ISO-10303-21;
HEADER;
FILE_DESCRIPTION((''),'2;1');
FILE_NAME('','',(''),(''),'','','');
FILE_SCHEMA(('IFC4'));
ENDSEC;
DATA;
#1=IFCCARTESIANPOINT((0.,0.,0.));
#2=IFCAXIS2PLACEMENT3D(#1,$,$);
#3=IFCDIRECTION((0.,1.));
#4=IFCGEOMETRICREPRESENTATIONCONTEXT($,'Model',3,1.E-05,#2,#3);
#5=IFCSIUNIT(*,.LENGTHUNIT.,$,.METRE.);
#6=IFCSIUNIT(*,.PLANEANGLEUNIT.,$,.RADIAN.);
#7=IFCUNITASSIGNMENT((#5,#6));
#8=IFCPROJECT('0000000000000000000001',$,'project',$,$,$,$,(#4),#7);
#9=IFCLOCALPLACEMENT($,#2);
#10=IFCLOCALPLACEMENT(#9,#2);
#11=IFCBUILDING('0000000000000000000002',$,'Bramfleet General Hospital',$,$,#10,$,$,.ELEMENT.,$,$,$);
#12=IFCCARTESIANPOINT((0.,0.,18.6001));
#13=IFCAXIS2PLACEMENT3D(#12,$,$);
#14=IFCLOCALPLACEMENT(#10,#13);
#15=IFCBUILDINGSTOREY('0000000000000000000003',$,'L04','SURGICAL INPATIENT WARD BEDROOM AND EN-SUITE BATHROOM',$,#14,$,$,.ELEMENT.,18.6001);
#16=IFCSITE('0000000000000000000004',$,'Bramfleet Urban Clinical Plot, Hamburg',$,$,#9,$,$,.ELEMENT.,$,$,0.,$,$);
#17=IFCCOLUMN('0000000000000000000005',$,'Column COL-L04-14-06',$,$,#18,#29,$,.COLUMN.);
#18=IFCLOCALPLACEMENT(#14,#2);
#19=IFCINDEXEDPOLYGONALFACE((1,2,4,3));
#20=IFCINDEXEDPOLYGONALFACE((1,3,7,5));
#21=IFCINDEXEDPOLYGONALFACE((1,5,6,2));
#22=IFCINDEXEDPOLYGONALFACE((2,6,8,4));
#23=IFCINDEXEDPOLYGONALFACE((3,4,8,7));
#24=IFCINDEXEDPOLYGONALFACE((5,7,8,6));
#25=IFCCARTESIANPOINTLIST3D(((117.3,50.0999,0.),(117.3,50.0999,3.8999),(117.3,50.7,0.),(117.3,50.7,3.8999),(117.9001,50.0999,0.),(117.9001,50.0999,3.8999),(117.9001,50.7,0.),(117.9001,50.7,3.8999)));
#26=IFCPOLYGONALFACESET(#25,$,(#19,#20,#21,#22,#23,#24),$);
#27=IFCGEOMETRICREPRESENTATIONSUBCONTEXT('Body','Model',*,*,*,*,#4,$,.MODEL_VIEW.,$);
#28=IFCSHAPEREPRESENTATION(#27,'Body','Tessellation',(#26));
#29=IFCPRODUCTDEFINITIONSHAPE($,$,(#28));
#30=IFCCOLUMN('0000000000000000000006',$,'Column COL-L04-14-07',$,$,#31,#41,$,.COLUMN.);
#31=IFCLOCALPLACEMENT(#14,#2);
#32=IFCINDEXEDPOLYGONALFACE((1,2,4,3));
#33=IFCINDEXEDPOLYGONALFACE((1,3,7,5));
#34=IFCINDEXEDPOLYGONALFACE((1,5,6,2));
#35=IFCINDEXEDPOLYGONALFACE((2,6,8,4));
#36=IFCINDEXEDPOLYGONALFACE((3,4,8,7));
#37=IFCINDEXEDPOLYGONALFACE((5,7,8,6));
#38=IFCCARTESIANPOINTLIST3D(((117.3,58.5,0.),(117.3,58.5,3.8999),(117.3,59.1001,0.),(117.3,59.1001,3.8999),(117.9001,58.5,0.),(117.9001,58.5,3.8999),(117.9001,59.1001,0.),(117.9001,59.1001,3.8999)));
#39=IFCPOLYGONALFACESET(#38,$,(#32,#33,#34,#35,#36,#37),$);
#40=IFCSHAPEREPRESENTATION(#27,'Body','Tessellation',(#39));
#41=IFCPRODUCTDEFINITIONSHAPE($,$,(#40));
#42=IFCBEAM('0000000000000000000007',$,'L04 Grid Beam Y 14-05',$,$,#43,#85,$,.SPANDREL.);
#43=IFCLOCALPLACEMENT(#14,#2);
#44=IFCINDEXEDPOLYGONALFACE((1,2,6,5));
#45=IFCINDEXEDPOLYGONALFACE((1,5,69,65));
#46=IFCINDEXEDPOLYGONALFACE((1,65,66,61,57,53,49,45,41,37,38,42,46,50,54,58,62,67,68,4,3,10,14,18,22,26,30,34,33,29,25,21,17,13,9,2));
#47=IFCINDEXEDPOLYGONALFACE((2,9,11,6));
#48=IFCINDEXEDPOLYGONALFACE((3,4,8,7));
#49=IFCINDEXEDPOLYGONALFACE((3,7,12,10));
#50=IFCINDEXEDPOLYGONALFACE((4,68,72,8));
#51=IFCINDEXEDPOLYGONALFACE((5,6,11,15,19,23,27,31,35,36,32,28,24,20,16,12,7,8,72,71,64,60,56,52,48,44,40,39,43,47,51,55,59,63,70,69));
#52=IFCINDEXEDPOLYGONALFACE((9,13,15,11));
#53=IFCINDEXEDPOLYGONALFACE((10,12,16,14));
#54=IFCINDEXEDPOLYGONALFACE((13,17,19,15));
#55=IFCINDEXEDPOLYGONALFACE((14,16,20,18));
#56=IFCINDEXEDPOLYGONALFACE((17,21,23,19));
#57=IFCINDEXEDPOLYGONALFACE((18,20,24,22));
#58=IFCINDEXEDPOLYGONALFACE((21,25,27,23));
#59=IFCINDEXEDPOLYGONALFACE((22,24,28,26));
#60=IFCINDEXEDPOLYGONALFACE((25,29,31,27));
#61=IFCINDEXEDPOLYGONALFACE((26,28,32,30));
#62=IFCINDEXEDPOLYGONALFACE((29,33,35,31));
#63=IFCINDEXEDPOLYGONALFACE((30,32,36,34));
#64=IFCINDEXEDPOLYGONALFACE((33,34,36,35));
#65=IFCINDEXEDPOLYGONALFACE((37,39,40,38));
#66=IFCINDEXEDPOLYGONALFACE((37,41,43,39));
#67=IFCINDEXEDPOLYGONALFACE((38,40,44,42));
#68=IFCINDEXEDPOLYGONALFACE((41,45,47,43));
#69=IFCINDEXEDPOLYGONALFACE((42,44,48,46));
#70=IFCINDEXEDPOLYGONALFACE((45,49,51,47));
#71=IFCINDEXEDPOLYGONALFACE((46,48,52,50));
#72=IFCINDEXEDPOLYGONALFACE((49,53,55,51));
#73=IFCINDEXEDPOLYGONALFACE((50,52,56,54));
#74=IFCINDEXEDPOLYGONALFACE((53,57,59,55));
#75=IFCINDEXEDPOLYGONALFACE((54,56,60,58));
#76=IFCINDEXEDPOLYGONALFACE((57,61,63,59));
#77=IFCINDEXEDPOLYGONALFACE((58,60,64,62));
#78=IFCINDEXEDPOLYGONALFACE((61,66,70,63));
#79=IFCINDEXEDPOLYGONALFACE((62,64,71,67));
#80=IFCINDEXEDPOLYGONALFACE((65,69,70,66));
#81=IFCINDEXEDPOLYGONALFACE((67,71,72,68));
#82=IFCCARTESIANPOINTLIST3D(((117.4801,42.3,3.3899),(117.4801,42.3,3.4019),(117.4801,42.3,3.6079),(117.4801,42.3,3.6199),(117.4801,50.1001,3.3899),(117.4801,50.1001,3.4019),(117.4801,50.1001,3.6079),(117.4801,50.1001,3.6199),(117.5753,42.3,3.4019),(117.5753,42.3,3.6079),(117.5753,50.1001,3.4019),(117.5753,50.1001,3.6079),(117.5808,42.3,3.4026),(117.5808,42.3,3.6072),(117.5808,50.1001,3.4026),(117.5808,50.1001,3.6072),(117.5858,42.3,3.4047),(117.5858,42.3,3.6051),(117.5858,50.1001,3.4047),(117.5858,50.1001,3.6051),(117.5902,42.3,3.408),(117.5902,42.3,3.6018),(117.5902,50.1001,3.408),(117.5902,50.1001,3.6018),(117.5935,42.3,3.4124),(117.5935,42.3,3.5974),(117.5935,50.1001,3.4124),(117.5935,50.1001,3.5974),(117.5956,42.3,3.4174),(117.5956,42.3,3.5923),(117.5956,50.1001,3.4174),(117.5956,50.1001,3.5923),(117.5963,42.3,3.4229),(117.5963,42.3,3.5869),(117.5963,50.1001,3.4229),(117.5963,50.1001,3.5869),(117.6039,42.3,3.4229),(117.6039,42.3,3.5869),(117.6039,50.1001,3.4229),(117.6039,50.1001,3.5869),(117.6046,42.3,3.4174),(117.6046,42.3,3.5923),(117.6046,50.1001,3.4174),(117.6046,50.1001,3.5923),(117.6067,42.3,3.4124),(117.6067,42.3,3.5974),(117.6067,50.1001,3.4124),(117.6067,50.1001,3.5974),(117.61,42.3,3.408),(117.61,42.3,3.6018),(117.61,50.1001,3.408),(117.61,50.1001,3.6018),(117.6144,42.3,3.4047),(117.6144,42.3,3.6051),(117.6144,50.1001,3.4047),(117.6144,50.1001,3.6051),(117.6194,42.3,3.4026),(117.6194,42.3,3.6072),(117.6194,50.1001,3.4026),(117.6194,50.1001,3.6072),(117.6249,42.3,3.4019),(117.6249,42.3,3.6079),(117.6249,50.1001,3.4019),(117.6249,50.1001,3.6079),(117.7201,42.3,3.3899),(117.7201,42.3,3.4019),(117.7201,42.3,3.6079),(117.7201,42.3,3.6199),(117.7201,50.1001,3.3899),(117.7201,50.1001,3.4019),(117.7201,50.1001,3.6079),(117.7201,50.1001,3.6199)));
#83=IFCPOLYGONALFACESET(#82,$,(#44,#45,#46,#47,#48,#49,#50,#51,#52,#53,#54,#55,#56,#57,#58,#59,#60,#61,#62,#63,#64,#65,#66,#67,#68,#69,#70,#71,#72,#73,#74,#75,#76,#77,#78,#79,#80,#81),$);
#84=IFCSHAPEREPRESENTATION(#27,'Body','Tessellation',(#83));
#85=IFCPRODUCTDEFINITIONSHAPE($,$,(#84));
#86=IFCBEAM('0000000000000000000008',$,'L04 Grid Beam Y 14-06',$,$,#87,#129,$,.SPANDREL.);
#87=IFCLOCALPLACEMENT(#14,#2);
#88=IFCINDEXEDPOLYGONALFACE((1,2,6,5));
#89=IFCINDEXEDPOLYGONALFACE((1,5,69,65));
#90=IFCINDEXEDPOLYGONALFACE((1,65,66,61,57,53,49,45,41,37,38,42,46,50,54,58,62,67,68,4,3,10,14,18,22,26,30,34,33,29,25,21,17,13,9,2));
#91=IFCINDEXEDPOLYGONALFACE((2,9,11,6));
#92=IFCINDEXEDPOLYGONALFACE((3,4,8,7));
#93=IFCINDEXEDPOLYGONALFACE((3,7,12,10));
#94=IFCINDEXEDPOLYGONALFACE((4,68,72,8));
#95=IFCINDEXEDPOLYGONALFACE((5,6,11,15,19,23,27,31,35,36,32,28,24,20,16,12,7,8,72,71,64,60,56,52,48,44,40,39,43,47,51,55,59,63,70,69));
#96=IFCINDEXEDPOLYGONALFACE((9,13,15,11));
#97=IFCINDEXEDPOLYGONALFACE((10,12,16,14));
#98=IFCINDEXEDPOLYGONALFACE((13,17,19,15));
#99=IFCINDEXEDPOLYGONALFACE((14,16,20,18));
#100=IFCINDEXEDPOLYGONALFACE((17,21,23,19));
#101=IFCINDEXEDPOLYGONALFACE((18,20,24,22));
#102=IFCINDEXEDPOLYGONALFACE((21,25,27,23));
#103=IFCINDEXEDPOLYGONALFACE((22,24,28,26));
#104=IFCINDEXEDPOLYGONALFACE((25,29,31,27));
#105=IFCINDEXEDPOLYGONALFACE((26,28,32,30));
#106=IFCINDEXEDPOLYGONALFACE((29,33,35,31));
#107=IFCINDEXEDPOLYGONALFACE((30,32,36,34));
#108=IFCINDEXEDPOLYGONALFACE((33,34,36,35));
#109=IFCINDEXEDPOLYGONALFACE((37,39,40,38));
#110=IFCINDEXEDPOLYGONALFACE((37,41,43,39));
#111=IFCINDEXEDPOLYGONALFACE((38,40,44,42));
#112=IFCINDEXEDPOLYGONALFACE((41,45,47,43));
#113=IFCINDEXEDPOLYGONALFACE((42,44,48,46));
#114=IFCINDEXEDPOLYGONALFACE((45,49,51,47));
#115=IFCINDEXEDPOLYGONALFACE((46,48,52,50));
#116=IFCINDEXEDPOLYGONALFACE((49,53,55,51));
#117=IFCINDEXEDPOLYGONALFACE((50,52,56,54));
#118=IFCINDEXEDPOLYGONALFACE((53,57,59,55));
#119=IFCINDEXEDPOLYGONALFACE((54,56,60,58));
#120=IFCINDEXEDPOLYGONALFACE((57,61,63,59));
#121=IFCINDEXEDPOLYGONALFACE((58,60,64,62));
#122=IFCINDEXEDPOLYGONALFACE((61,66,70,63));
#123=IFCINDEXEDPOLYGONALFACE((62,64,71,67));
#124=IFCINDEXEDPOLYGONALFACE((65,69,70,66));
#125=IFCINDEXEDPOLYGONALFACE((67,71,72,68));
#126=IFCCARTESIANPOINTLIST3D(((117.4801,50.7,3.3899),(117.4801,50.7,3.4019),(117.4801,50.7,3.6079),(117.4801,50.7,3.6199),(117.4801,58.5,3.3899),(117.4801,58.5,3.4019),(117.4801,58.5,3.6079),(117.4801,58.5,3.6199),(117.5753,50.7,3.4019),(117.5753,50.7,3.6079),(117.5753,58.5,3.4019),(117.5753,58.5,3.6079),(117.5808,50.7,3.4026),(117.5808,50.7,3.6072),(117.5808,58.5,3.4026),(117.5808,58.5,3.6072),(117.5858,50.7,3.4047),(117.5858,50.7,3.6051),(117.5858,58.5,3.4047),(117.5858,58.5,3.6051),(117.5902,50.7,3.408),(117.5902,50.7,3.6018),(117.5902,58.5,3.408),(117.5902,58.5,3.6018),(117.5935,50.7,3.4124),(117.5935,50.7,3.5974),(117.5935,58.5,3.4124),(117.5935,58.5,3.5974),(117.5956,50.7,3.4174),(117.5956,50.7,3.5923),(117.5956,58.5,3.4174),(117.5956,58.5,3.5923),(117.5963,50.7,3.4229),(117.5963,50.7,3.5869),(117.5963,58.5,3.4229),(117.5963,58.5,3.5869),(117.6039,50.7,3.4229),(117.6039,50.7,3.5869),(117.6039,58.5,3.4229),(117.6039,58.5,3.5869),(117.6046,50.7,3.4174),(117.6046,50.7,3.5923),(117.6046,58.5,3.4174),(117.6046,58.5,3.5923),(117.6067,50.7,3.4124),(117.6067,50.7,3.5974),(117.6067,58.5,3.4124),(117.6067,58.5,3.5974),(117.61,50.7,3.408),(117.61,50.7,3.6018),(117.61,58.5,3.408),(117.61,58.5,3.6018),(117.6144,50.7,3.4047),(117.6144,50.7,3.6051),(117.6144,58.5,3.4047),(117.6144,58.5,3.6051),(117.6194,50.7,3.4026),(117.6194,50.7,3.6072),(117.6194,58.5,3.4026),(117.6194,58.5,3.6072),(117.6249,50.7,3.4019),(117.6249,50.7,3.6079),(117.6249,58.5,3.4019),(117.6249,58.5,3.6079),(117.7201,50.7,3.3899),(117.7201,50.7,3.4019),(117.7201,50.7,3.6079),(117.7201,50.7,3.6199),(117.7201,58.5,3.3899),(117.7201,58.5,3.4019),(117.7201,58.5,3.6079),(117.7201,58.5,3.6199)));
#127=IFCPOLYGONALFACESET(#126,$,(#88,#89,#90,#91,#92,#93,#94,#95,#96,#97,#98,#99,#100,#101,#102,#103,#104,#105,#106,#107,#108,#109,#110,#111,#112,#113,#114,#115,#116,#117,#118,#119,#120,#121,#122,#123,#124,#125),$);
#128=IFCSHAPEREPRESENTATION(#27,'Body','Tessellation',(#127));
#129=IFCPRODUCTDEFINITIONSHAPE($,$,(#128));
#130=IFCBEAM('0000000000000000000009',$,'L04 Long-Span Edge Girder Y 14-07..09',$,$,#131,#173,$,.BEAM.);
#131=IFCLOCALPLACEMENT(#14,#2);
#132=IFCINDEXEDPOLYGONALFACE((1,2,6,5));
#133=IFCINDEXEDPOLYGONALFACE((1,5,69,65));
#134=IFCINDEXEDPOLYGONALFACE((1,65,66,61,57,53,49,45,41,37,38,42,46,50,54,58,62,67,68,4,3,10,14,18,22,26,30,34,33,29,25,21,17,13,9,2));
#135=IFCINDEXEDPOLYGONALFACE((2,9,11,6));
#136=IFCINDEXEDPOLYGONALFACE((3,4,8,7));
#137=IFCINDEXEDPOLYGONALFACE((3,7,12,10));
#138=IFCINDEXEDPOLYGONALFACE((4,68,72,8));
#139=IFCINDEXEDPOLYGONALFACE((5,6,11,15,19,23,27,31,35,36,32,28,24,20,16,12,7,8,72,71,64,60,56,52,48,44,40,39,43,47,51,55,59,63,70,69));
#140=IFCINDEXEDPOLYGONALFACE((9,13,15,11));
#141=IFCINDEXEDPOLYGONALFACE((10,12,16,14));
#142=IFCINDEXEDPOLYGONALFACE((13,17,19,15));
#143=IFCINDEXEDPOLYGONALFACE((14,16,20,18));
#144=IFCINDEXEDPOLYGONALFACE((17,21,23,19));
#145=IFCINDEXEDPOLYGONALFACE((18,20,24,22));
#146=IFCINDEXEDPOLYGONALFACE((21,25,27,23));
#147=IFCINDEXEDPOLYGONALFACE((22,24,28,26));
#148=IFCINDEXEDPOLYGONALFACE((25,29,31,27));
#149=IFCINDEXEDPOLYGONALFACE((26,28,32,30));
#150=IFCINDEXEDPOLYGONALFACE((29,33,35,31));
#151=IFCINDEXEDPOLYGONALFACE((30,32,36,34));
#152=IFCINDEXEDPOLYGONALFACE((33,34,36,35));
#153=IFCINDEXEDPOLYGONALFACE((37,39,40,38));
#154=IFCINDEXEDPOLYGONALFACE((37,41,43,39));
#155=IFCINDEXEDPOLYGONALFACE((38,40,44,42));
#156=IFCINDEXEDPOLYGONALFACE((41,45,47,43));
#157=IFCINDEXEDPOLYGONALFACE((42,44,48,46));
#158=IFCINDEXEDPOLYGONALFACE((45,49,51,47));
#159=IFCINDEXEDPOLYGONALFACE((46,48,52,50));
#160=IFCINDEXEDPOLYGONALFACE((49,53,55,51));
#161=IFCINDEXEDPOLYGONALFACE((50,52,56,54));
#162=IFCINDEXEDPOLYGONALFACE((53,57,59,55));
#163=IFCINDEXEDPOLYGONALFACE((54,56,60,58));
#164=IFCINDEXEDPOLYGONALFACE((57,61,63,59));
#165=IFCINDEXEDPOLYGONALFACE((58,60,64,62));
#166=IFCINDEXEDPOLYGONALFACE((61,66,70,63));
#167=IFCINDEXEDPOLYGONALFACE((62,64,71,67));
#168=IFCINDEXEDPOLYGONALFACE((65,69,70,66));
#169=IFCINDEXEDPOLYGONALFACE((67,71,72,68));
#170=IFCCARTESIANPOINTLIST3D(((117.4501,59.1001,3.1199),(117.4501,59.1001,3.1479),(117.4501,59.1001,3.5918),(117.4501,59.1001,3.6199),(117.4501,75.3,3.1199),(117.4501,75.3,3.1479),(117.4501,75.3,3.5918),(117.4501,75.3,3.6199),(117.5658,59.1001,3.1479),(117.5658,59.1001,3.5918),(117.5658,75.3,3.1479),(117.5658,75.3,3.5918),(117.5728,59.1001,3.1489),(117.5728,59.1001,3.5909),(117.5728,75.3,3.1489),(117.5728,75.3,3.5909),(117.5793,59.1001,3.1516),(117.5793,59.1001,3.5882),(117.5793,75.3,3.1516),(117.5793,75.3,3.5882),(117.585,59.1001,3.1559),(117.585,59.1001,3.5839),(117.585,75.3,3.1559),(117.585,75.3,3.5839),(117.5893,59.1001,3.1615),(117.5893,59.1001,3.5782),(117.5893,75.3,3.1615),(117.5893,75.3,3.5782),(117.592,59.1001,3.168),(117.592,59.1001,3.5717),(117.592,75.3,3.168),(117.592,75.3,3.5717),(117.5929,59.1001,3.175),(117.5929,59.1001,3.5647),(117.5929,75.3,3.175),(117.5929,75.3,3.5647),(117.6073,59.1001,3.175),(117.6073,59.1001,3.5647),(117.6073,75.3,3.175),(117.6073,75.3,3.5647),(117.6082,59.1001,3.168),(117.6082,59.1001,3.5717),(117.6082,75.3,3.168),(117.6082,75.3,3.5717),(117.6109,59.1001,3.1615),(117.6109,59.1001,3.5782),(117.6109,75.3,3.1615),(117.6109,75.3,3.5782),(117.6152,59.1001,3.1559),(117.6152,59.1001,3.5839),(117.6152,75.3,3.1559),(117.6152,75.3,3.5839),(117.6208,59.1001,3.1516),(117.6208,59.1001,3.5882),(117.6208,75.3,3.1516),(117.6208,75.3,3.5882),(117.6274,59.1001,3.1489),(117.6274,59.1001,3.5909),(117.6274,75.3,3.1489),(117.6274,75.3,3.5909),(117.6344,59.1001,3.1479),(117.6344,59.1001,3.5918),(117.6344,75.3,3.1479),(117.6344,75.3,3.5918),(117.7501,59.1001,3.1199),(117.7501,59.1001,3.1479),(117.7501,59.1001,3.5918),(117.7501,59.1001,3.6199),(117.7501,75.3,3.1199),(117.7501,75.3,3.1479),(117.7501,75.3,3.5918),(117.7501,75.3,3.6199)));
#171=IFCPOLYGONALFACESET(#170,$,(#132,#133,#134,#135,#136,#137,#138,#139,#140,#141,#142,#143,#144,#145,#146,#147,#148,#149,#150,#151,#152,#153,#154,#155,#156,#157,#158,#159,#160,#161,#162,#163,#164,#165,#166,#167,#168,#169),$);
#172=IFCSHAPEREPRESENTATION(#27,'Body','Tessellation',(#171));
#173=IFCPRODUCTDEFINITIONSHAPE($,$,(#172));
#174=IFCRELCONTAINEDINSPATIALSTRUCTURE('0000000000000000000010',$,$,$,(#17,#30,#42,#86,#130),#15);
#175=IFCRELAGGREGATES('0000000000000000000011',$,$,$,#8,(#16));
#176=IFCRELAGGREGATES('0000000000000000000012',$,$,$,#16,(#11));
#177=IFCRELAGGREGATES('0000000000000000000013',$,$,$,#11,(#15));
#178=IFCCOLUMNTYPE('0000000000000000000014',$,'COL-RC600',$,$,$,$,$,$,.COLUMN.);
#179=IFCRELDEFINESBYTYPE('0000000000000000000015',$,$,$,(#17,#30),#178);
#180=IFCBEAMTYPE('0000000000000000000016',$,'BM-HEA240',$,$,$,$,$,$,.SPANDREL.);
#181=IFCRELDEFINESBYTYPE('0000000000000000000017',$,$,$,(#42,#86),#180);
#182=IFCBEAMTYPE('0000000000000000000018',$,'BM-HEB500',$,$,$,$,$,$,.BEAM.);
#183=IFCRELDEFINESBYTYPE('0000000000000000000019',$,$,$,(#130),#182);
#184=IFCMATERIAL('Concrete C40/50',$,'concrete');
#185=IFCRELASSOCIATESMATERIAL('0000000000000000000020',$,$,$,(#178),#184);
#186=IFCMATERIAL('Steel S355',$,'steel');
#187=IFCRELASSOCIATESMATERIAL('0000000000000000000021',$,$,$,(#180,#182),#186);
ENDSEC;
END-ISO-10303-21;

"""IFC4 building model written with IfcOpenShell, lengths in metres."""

from ifc_helpers import new_model, si_unit, direction, frame, origin, origin_2d, place, context, subcontext, project, spatial, rectangle, i_section, extrude, material, material_profile, profile_set, type_object, element, save


model = new_model("IFC4")

# Units and contexts
model_context = context("Model", 3, precision=1e-05, world=origin(), true_north=direction((0.0, 1.0)))
body_context = subcontext(model_context, "Body", "Model", "MODEL_VIEW")
ifc_project = project(units=[si_unit("LENGTHUNIT", "METRE"), si_unit("PLANEANGLEUNIT", "RADIAN")], contexts=[model_context])

# Site, building, storey
site_placement = place(None, origin())
site = spatial("IfcSite", under=ifc_project, at=site_placement, Name="Bramfleet Urban Clinical Plot, Hamburg", CompositionType="ELEMENT", RefElevation=0.0)
building_placement = place(site_placement, origin())
building = spatial("IfcBuilding", under=site, at=building_placement, Name="Bramfleet General Hospital", CompositionType="ELEMENT")
storey_placement = place(building_placement, frame((0.0, 0.0, 18.6001)))
storey = spatial("IfcBuildingStorey", under=building, at=storey_placement, Name="L04", Description="SURGICAL INPATIENT WARD BEDROOM AND EN-SUITE BATHROOM", CompositionType="ELEMENT", Elevation=18.6001)

# Columns
ifc_material_1 = material(Name="Concrete C40/50", Category="concrete")
ifc_material_profile_1 = material_profile(ifc_material_1, rectangle(XDim=0.6001, YDim=0.6001, at=origin_2d()), Name="RC COL 600x600")
ifc_profile_set_1 = profile_set([ifc_material_profile_1], Name="Concrete C40/50")
column_type = type_object("IfcColumnType", Name="COL-RC600", PredefinedType="COLUMN", material=ifc_profile_set_1)
for number, where, z_axis, x_axis, name in (
    (1, (117.6001, 50.3999, 0.0), (0.0, 0.0, 1.0), (1.0, 0.0, 0.0), "Column COL-L04-14-06"),
    (2, (117.6001, 58.8, 0.0), (0.0, 0.0, 1.0), (1.0, 0.0, 0.0), "Column COL-L04-14-07"),
):
    element("IfcColumn", number, at=place(storey_placement, frame(where, z_axis=z_axis, x_axis=x_axis)), inside=storey, type_object=column_type, Name=name, PredefinedType="COLUMN", context=body_context, shape_type="SweptSolid", body=[
        extrude(rectangle(XDim=0.6001, YDim=0.6001, at=origin_2d()), origin(), (0.0, 0.0, 1.0), 3.8999),
    ])

# Beams
ifc_material_2 = material(Name="Steel S355", Category="steel")
ifc_material_profile_2 = material_profile(ifc_material_2, i_section(OverallWidth=0.24, OverallDepth=0.23, WebThickness=0.0076, FlangeThickness=0.012, FilletRadius=0.021, at=origin_2d()), Name="HEA 240")
ifc_profile_set_2 = profile_set([ifc_material_profile_2], Name="Steel S355")
beam_type_1 = type_object("IfcBeamType", Name="BM-HEA240", PredefinedType="SPANDREL", material=ifc_profile_set_2)
for number, where, z_axis, x_axis, name in (
    (3, (117.6001, 42.3, 3.5049), (0.0, 1.0, 0.0), (-1.0, 0.0, 0.0), "L04 Grid Beam Y 14-05"),
    (4, (117.6001, 50.7, 3.5049), (0.0, 1.0, 0.0), (-1.0, 0.0, 0.0), "L04 Grid Beam Y 14-06"),
):
    element("IfcBeam", number, at=place(storey_placement, frame(where, z_axis=z_axis, x_axis=x_axis)), inside=storey, type_object=beam_type_1, Name=name, PredefinedType="SPANDREL", context=body_context, shape_type="SweptSolid", body=[
        extrude(i_section(OverallWidth=0.24, OverallDepth=0.23, WebThickness=0.0076, FlangeThickness=0.012, FilletRadius=0.021, at=origin_2d()), origin(), (0.0, 0.0, 1.0), 7.8),
    ])
ifc_material_profile_3 = material_profile(ifc_material_2, i_section(OverallWidth=0.3, OverallDepth=0.5, WebThickness=0.0144, FlangeThickness=0.0281, FilletRadius=0.0271, at=origin_2d()), Name="HEB 500")
ifc_profile_set_3 = profile_set([ifc_material_profile_3], Name="Steel S355")
beam_type_2 = type_object("IfcBeamType", Name="BM-HEB500", PredefinedType="BEAM", material=ifc_profile_set_3)
beam_placement = place(storey_placement, frame((117.6001, 59.1001, 3.3699), z_axis=(0.0, 1.0, 0.0), x_axis=(-1.0, 0.0, 0.0)))
element("IfcBeam", 5, at=beam_placement, inside=storey, type_object=beam_type_2, Name="L04 Long-Span Edge Girder Y 14-07..09", PredefinedType="BEAM", context=body_context, shape_type="SweptSolid", body=[
    extrude(i_section(OverallWidth=0.3, OverallDepth=0.5, WebThickness=0.0144, FlangeThickness=0.0281, FilletRadius=0.0271, at=origin_2d()), origin(), (0.0, 0.0, 1.0), 16.2),
])

save(model, "model.ifc")
